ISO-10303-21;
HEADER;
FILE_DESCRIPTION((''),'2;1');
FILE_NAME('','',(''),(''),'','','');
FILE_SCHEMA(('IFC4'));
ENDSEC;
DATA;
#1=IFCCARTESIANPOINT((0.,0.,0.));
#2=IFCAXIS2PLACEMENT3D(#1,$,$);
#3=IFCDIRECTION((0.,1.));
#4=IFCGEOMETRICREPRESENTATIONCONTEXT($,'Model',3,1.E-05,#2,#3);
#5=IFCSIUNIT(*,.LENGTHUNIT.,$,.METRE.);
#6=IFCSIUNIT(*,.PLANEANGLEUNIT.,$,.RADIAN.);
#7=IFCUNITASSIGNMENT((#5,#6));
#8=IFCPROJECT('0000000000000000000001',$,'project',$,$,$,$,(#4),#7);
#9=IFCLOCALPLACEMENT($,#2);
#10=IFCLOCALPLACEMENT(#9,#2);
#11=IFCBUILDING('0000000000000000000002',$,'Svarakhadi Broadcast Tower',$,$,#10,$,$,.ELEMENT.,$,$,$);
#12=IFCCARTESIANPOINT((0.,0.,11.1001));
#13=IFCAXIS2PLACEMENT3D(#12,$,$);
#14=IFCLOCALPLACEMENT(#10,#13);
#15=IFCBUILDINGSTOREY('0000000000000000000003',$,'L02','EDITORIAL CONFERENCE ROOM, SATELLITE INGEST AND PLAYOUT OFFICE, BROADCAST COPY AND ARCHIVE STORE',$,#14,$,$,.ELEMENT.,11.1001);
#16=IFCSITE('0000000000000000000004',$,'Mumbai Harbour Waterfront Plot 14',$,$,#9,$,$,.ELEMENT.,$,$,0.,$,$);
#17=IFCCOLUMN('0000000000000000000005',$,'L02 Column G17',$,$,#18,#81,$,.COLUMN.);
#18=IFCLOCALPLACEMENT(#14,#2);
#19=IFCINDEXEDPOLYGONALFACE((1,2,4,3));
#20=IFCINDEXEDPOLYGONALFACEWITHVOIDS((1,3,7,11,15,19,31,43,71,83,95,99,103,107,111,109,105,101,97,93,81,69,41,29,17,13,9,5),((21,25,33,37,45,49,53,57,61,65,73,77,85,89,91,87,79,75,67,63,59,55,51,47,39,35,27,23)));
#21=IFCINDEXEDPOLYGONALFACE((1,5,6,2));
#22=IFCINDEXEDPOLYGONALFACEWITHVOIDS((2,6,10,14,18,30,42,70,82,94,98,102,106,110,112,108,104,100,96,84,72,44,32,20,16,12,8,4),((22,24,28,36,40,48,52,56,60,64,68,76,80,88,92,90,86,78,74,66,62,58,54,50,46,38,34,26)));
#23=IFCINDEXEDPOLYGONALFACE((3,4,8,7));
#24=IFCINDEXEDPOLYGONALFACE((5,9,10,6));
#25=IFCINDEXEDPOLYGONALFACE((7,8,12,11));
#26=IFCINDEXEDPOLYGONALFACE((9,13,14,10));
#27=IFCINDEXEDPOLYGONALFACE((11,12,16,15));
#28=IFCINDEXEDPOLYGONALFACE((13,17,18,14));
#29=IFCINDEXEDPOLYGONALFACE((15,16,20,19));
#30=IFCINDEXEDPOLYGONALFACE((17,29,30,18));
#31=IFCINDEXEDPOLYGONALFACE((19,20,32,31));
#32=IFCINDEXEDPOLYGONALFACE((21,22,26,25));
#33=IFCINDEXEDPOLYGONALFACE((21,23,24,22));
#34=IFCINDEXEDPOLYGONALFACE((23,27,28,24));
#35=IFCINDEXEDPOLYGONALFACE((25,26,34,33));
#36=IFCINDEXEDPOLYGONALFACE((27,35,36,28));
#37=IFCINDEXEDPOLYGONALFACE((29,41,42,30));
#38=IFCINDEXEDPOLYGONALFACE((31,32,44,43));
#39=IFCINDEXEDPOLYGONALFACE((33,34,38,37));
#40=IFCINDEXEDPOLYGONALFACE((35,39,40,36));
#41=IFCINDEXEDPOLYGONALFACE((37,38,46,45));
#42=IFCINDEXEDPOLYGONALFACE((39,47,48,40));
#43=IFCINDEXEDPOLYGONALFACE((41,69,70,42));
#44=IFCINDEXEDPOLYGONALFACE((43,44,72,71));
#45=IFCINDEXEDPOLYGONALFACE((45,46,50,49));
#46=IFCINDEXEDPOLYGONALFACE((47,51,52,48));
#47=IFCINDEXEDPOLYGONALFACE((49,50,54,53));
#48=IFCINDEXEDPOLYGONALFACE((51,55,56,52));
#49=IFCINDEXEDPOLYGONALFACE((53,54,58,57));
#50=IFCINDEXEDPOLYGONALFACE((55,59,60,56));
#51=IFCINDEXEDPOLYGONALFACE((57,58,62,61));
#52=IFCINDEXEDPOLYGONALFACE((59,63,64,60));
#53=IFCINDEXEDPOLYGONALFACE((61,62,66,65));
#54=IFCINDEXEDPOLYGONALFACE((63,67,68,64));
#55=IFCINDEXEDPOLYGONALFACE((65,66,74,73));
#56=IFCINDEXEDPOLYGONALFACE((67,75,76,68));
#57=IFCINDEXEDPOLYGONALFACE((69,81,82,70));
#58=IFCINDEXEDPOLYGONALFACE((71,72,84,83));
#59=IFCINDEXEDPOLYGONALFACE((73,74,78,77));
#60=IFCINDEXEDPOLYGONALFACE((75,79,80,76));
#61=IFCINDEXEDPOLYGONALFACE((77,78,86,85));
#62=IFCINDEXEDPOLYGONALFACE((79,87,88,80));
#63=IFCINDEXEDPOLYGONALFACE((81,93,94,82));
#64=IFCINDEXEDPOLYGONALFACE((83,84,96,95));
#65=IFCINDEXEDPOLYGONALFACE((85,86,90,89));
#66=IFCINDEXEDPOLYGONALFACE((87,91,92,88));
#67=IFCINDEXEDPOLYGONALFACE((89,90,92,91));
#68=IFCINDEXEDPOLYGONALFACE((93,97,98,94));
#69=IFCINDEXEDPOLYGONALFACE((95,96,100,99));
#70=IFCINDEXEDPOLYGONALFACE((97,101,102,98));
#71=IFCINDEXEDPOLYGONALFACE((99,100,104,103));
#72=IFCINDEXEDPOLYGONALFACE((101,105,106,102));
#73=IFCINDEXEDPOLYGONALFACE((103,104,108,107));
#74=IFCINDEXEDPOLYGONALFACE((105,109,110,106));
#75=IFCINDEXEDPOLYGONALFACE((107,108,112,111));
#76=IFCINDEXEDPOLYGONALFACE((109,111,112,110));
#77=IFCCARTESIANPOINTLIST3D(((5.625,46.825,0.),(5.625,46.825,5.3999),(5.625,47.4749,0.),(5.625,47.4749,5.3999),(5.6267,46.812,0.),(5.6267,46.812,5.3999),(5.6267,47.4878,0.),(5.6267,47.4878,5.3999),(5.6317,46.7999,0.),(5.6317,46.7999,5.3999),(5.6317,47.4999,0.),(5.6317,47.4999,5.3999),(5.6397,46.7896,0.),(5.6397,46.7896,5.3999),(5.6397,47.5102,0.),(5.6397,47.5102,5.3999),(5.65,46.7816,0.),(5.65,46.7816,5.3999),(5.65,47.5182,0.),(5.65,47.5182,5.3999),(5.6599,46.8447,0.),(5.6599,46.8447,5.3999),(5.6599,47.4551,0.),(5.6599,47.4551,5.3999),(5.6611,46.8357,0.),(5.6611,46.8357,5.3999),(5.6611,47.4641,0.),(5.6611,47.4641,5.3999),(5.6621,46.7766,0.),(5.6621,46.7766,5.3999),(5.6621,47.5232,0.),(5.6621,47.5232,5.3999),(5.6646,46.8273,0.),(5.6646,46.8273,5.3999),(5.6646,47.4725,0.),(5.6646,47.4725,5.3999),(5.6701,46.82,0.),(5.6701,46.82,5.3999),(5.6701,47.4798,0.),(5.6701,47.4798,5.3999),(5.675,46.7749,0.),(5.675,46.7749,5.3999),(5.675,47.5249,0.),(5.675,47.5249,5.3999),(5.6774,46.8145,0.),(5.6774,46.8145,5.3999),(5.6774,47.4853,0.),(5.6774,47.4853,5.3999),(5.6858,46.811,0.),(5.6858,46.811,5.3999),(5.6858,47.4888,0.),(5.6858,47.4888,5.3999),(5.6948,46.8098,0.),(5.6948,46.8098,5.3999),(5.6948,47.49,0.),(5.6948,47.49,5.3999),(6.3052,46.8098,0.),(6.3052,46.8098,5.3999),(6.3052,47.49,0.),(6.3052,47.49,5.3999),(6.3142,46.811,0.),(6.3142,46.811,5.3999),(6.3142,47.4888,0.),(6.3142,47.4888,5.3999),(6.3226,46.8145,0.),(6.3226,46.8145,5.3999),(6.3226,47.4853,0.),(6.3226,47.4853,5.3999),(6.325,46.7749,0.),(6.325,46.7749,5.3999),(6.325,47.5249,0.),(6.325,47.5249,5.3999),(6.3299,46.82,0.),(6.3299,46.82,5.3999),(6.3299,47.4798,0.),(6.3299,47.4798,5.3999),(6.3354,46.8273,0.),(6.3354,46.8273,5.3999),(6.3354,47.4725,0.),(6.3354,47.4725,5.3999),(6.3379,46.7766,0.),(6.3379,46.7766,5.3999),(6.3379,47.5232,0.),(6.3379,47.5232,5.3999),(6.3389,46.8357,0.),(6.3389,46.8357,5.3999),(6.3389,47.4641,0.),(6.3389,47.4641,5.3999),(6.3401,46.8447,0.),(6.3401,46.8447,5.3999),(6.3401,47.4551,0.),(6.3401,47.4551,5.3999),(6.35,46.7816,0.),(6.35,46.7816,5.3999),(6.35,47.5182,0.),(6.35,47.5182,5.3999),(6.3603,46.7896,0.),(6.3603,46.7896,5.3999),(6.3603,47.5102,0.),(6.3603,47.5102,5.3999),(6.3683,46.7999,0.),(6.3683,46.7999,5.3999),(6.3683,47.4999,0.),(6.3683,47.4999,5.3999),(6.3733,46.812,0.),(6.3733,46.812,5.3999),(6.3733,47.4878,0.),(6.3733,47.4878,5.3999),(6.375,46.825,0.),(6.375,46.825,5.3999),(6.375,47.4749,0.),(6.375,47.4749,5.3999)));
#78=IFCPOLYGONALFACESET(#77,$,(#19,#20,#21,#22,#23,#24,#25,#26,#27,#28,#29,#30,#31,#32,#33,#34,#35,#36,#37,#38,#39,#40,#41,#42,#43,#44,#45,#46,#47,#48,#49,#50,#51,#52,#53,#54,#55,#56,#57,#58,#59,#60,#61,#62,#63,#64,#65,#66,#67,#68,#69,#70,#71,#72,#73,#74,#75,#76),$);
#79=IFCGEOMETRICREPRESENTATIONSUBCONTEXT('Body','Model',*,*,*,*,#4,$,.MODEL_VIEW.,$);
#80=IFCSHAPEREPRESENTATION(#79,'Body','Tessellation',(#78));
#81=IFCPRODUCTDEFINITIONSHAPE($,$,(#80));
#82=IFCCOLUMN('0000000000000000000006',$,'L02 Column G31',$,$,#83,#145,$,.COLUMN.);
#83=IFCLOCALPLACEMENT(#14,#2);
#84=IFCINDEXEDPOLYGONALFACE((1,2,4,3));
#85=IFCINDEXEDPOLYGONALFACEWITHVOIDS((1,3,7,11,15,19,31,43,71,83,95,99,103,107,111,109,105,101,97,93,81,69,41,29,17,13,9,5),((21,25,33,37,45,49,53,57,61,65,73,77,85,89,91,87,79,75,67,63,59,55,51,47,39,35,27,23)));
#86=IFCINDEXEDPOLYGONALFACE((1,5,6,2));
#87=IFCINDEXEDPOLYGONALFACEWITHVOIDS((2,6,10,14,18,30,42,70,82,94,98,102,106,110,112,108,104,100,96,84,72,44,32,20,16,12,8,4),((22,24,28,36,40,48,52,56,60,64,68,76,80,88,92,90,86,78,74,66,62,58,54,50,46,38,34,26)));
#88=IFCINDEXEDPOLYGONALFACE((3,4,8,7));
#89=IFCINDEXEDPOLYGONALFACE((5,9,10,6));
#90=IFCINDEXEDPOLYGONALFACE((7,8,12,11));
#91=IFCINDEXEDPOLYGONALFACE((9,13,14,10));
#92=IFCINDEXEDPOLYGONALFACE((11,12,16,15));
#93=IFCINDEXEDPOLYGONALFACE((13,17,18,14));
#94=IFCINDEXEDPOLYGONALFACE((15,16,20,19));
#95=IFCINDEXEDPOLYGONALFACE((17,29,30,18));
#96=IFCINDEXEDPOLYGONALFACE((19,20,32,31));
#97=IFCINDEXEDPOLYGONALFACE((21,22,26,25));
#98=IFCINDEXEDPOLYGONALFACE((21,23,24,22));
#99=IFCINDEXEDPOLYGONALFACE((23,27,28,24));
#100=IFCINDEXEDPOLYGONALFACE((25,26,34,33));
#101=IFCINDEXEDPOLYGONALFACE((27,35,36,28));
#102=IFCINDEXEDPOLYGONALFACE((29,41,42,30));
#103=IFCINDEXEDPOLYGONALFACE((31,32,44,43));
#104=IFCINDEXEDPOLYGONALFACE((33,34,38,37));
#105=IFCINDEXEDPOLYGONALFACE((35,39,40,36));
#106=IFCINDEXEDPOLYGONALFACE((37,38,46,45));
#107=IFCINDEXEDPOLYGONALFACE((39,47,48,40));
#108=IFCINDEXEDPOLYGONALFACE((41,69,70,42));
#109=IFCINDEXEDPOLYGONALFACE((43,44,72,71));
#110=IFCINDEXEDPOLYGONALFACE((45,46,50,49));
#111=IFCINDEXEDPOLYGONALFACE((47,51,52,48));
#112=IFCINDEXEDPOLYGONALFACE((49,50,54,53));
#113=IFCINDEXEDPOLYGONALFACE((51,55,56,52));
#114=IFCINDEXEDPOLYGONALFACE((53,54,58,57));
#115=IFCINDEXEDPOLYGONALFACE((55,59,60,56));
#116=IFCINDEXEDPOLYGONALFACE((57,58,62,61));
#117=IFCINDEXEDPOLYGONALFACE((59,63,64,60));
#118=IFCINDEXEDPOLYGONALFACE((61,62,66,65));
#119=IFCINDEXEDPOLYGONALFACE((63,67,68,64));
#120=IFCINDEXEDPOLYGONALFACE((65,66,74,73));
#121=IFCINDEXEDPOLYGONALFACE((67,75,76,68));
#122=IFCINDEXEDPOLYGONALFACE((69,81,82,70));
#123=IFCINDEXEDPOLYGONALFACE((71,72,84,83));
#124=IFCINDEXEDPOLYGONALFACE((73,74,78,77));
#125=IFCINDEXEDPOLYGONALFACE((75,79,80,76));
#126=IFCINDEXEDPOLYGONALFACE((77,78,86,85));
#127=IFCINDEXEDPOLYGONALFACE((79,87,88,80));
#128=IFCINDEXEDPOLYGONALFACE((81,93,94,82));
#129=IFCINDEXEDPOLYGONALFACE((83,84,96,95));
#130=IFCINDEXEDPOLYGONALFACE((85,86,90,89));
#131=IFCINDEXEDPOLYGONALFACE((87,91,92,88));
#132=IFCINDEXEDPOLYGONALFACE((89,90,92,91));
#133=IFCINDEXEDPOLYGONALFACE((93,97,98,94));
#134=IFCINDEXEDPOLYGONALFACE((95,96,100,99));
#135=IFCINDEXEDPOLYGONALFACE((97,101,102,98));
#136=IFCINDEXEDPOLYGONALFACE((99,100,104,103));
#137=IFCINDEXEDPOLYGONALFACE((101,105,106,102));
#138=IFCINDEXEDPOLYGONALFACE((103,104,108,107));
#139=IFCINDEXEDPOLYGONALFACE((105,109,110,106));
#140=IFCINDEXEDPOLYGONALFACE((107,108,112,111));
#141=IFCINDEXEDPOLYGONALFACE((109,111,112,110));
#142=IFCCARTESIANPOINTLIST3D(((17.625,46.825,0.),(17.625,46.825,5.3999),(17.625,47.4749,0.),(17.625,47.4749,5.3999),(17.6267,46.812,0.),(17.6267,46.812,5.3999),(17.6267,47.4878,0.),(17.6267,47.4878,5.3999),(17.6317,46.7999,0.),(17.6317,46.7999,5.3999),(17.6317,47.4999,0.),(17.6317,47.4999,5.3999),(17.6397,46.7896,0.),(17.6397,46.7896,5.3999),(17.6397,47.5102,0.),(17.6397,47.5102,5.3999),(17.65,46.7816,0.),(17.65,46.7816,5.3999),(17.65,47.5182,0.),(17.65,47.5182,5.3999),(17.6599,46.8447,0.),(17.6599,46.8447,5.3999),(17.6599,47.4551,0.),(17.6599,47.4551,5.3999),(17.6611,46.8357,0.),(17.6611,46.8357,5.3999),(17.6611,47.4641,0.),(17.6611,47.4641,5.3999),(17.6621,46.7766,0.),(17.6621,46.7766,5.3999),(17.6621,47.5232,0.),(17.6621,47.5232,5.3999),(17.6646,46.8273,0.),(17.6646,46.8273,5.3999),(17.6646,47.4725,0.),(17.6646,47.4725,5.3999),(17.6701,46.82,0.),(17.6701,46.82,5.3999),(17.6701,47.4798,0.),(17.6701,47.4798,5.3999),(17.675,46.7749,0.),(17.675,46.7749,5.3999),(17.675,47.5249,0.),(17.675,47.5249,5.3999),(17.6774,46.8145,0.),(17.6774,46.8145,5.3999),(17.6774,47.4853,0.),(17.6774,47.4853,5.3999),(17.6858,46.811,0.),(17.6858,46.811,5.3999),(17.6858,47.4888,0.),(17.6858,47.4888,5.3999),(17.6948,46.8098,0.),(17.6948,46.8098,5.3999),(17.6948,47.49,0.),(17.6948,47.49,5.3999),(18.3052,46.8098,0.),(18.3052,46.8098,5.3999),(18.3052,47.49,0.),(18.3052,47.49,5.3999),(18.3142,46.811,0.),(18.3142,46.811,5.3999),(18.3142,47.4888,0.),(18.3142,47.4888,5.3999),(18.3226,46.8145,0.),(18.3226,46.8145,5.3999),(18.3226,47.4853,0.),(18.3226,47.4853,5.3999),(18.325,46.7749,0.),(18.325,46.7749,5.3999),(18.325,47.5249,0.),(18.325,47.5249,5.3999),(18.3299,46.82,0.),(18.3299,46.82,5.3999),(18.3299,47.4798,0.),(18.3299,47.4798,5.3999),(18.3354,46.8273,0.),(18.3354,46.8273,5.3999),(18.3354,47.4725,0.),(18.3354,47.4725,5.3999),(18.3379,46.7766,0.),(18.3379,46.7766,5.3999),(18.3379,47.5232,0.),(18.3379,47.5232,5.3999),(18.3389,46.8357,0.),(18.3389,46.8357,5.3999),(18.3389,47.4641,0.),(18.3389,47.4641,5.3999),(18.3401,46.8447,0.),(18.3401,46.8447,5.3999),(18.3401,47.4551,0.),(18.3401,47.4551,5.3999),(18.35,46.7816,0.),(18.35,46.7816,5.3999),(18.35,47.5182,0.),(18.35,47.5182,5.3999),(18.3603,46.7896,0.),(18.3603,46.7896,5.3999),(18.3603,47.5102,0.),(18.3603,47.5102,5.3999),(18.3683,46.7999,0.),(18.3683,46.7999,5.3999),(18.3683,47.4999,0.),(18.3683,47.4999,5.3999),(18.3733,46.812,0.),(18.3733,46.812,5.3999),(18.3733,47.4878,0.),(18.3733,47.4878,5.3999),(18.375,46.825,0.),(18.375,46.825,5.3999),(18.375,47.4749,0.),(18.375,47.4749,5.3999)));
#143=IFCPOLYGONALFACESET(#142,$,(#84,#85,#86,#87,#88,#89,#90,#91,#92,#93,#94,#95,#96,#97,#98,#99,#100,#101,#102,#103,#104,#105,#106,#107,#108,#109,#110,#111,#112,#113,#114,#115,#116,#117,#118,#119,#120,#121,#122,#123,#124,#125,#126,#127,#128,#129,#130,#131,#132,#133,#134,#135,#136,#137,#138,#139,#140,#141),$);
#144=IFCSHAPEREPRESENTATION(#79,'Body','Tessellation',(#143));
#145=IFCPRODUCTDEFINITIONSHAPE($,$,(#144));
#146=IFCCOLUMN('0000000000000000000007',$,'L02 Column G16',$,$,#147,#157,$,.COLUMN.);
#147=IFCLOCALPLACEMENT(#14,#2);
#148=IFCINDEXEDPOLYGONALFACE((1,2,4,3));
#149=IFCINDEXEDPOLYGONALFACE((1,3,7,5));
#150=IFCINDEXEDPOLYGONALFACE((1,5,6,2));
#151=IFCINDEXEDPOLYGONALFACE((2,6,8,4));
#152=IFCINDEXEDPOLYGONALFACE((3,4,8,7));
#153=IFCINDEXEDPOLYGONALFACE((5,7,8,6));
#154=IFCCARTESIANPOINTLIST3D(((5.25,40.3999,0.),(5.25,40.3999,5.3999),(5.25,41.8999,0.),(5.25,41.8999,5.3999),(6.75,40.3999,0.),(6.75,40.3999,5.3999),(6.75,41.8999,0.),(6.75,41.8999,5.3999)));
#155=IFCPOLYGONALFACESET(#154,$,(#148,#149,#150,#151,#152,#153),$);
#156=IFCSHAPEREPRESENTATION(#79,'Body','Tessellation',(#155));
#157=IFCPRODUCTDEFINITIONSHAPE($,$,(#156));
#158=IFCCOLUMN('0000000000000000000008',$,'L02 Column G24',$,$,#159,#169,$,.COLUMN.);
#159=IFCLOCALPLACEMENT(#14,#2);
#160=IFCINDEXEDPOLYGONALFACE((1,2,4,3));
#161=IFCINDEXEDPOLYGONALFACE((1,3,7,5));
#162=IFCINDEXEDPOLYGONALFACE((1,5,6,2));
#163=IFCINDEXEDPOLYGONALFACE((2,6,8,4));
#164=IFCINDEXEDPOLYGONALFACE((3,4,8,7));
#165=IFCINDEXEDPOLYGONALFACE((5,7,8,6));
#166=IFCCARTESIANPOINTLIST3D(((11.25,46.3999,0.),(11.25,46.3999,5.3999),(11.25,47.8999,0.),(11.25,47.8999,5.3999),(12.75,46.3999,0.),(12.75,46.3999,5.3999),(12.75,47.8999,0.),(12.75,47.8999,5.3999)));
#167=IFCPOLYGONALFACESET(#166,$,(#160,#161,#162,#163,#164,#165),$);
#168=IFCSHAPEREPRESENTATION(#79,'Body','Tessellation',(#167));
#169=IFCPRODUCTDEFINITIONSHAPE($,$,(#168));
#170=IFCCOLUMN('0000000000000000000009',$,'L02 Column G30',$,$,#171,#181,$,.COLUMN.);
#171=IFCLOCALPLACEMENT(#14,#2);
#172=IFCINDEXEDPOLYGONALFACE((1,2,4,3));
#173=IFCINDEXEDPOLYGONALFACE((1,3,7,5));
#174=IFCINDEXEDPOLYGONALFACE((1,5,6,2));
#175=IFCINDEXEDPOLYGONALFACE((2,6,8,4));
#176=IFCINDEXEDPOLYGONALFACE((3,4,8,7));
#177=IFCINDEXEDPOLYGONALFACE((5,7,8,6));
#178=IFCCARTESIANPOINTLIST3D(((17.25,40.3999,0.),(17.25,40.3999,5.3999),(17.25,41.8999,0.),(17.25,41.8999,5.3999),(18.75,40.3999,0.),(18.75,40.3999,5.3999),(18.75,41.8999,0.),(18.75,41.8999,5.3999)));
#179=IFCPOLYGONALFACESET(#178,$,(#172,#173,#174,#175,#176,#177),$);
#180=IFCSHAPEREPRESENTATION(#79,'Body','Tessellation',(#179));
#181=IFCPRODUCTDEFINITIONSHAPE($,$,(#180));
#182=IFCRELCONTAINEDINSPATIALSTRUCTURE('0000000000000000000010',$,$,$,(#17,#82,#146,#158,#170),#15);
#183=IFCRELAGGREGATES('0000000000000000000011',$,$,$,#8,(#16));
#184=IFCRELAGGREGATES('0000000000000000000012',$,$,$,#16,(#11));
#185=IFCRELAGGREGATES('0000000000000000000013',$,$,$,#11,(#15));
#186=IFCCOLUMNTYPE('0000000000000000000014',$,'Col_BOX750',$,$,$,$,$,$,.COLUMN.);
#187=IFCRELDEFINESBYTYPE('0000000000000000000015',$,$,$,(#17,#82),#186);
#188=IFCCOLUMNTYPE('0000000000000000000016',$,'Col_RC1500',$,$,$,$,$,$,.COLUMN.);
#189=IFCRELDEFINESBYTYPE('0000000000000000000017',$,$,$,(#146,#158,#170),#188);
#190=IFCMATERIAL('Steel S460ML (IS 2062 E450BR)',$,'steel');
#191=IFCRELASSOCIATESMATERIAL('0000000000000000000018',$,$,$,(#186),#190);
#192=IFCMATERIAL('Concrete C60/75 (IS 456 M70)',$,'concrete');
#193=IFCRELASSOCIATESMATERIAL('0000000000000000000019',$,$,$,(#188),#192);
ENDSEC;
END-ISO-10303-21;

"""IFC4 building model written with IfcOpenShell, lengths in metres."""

from ifc_helpers import new_model, si_unit, direction, frame, origin, origin_2d, place, context, subcontext, project, spatial, rectangle, hollow_rectangle, extrude, material, material_profile, profile_set, type_object, element, save


model = new_model("IFC4")

# Units and contexts
model_context = context("Model", 3, precision=1e-05, world=origin(), true_north=direction((0.0, 1.0)))
body_context = subcontext(model_context, "Body", "Model", "MODEL_VIEW")
ifc_project = project(units=[si_unit("LENGTHUNIT", "METRE"), si_unit("PLANEANGLEUNIT", "RADIAN")], contexts=[model_context])

# Site, building, storey
site_placement = place(None, origin())
site = spatial("IfcSite", under=ifc_project, at=site_placement, Name="Mumbai Harbour Waterfront Plot 14", CompositionType="ELEMENT", RefElevation=0.0)
building_placement = place(site_placement, origin())
building = spatial("IfcBuilding", under=site, at=building_placement, Name="Svarakhadi Broadcast Tower", CompositionType="ELEMENT")
storey_placement = place(building_placement, frame((0.0, 0.0, 11.1001)))
storey = spatial("IfcBuildingStorey", under=building, at=storey_placement, Name="L02", Description="EDITORIAL CONFERENCE ROOM, SATELLITE INGEST AND PLAYOUT OFFICE, BROADCAST COPY AND ARCHIVE STORE", CompositionType="ELEMENT", Elevation=11.1001)

# Columns
ifc_material_1 = material(Name="Steel S460ML (IS 2062 E450BR)", Category="steel")
ifc_material_profile_1 = material_profile(ifc_material_1, hollow_rectangle(XDim=0.75, YDim=0.75, WallThickness=0.0349, InnerFilletRadius=0.0349, OuterFilletRadius=0.05, at=origin_2d()), Name="BOX 750x750x35")
ifc_profile_set_1 = profile_set([ifc_material_profile_1], Name="Steel S460ML (IS 2062 E450BR)")
column_type_1 = type_object("IfcColumnType", Name="Col_BOX750", PredefinedType="COLUMN", material=ifc_profile_set_1)
for number, where, z_axis, x_axis, name in (
    (1, (6.0, 47.1499, 0.0), (0.0, 0.0, 1.0), (1.0, 0.0, 0.0), "L02 Column G17"),
    (2, (18.0, 47.1499, 0.0), (0.0, 0.0, 1.0), (1.0, 0.0, 0.0), "L02 Column G31"),
):
    element("IfcColumn", number, at=place(storey_placement, frame(where, z_axis=z_axis, x_axis=x_axis)), inside=storey, type_object=column_type_1, Name=name, PredefinedType="COLUMN", context=body_context, shape_type="SweptSolid", body=[
        extrude(hollow_rectangle(XDim=0.75, YDim=0.75, WallThickness=0.0349, InnerFilletRadius=0.0349, OuterFilletRadius=0.05, at=origin_2d()), origin(), (0.0, 0.0, 1.0), 5.3999),
    ])
ifc_material_2 = material(Name="Concrete C60/75 (IS 456 M70)", Category="concrete")
ifc_material_profile_2 = material_profile(ifc_material_2, rectangle(XDim=1.5, YDim=1.5, at=origin_2d()), Name="RC 1500x1500")
ifc_profile_set_2 = profile_set([ifc_material_profile_2], Name="Concrete C60/75 (IS 456 M70)")
column_type_2 = type_object("IfcColumnType", Name="Col_RC1500", PredefinedType="COLUMN", material=ifc_profile_set_2)
for number, where, z_axis, x_axis, name in (
    (3, (6.0, 41.1499, 0.0), (0.0, 0.0, 1.0), (1.0, 0.0, 0.0), "L02 Column G16"),
    (4, (12.0, 47.1499, 0.0), (0.0, 0.0, 1.0), (1.0, 0.0, 0.0), "L02 Column G24"),
    (5, (18.0, 41.1499, 0.0), (0.0, 0.0, 1.0), (1.0, 0.0, 0.0), "L02 Column G30"),
):
    element("IfcColumn", number, at=place(storey_placement, frame(where, z_axis=z_axis, x_axis=x_axis)), inside=storey, type_object=column_type_2, Name=name, PredefinedType="COLUMN", context=body_context, shape_type="SweptSolid", body=[
        extrude(rectangle(XDim=1.5, YDim=1.5, at=origin_2d()), origin(), (0.0, 0.0, 1.0), 5.3999),
    ])

save(model, "model.ifc")
